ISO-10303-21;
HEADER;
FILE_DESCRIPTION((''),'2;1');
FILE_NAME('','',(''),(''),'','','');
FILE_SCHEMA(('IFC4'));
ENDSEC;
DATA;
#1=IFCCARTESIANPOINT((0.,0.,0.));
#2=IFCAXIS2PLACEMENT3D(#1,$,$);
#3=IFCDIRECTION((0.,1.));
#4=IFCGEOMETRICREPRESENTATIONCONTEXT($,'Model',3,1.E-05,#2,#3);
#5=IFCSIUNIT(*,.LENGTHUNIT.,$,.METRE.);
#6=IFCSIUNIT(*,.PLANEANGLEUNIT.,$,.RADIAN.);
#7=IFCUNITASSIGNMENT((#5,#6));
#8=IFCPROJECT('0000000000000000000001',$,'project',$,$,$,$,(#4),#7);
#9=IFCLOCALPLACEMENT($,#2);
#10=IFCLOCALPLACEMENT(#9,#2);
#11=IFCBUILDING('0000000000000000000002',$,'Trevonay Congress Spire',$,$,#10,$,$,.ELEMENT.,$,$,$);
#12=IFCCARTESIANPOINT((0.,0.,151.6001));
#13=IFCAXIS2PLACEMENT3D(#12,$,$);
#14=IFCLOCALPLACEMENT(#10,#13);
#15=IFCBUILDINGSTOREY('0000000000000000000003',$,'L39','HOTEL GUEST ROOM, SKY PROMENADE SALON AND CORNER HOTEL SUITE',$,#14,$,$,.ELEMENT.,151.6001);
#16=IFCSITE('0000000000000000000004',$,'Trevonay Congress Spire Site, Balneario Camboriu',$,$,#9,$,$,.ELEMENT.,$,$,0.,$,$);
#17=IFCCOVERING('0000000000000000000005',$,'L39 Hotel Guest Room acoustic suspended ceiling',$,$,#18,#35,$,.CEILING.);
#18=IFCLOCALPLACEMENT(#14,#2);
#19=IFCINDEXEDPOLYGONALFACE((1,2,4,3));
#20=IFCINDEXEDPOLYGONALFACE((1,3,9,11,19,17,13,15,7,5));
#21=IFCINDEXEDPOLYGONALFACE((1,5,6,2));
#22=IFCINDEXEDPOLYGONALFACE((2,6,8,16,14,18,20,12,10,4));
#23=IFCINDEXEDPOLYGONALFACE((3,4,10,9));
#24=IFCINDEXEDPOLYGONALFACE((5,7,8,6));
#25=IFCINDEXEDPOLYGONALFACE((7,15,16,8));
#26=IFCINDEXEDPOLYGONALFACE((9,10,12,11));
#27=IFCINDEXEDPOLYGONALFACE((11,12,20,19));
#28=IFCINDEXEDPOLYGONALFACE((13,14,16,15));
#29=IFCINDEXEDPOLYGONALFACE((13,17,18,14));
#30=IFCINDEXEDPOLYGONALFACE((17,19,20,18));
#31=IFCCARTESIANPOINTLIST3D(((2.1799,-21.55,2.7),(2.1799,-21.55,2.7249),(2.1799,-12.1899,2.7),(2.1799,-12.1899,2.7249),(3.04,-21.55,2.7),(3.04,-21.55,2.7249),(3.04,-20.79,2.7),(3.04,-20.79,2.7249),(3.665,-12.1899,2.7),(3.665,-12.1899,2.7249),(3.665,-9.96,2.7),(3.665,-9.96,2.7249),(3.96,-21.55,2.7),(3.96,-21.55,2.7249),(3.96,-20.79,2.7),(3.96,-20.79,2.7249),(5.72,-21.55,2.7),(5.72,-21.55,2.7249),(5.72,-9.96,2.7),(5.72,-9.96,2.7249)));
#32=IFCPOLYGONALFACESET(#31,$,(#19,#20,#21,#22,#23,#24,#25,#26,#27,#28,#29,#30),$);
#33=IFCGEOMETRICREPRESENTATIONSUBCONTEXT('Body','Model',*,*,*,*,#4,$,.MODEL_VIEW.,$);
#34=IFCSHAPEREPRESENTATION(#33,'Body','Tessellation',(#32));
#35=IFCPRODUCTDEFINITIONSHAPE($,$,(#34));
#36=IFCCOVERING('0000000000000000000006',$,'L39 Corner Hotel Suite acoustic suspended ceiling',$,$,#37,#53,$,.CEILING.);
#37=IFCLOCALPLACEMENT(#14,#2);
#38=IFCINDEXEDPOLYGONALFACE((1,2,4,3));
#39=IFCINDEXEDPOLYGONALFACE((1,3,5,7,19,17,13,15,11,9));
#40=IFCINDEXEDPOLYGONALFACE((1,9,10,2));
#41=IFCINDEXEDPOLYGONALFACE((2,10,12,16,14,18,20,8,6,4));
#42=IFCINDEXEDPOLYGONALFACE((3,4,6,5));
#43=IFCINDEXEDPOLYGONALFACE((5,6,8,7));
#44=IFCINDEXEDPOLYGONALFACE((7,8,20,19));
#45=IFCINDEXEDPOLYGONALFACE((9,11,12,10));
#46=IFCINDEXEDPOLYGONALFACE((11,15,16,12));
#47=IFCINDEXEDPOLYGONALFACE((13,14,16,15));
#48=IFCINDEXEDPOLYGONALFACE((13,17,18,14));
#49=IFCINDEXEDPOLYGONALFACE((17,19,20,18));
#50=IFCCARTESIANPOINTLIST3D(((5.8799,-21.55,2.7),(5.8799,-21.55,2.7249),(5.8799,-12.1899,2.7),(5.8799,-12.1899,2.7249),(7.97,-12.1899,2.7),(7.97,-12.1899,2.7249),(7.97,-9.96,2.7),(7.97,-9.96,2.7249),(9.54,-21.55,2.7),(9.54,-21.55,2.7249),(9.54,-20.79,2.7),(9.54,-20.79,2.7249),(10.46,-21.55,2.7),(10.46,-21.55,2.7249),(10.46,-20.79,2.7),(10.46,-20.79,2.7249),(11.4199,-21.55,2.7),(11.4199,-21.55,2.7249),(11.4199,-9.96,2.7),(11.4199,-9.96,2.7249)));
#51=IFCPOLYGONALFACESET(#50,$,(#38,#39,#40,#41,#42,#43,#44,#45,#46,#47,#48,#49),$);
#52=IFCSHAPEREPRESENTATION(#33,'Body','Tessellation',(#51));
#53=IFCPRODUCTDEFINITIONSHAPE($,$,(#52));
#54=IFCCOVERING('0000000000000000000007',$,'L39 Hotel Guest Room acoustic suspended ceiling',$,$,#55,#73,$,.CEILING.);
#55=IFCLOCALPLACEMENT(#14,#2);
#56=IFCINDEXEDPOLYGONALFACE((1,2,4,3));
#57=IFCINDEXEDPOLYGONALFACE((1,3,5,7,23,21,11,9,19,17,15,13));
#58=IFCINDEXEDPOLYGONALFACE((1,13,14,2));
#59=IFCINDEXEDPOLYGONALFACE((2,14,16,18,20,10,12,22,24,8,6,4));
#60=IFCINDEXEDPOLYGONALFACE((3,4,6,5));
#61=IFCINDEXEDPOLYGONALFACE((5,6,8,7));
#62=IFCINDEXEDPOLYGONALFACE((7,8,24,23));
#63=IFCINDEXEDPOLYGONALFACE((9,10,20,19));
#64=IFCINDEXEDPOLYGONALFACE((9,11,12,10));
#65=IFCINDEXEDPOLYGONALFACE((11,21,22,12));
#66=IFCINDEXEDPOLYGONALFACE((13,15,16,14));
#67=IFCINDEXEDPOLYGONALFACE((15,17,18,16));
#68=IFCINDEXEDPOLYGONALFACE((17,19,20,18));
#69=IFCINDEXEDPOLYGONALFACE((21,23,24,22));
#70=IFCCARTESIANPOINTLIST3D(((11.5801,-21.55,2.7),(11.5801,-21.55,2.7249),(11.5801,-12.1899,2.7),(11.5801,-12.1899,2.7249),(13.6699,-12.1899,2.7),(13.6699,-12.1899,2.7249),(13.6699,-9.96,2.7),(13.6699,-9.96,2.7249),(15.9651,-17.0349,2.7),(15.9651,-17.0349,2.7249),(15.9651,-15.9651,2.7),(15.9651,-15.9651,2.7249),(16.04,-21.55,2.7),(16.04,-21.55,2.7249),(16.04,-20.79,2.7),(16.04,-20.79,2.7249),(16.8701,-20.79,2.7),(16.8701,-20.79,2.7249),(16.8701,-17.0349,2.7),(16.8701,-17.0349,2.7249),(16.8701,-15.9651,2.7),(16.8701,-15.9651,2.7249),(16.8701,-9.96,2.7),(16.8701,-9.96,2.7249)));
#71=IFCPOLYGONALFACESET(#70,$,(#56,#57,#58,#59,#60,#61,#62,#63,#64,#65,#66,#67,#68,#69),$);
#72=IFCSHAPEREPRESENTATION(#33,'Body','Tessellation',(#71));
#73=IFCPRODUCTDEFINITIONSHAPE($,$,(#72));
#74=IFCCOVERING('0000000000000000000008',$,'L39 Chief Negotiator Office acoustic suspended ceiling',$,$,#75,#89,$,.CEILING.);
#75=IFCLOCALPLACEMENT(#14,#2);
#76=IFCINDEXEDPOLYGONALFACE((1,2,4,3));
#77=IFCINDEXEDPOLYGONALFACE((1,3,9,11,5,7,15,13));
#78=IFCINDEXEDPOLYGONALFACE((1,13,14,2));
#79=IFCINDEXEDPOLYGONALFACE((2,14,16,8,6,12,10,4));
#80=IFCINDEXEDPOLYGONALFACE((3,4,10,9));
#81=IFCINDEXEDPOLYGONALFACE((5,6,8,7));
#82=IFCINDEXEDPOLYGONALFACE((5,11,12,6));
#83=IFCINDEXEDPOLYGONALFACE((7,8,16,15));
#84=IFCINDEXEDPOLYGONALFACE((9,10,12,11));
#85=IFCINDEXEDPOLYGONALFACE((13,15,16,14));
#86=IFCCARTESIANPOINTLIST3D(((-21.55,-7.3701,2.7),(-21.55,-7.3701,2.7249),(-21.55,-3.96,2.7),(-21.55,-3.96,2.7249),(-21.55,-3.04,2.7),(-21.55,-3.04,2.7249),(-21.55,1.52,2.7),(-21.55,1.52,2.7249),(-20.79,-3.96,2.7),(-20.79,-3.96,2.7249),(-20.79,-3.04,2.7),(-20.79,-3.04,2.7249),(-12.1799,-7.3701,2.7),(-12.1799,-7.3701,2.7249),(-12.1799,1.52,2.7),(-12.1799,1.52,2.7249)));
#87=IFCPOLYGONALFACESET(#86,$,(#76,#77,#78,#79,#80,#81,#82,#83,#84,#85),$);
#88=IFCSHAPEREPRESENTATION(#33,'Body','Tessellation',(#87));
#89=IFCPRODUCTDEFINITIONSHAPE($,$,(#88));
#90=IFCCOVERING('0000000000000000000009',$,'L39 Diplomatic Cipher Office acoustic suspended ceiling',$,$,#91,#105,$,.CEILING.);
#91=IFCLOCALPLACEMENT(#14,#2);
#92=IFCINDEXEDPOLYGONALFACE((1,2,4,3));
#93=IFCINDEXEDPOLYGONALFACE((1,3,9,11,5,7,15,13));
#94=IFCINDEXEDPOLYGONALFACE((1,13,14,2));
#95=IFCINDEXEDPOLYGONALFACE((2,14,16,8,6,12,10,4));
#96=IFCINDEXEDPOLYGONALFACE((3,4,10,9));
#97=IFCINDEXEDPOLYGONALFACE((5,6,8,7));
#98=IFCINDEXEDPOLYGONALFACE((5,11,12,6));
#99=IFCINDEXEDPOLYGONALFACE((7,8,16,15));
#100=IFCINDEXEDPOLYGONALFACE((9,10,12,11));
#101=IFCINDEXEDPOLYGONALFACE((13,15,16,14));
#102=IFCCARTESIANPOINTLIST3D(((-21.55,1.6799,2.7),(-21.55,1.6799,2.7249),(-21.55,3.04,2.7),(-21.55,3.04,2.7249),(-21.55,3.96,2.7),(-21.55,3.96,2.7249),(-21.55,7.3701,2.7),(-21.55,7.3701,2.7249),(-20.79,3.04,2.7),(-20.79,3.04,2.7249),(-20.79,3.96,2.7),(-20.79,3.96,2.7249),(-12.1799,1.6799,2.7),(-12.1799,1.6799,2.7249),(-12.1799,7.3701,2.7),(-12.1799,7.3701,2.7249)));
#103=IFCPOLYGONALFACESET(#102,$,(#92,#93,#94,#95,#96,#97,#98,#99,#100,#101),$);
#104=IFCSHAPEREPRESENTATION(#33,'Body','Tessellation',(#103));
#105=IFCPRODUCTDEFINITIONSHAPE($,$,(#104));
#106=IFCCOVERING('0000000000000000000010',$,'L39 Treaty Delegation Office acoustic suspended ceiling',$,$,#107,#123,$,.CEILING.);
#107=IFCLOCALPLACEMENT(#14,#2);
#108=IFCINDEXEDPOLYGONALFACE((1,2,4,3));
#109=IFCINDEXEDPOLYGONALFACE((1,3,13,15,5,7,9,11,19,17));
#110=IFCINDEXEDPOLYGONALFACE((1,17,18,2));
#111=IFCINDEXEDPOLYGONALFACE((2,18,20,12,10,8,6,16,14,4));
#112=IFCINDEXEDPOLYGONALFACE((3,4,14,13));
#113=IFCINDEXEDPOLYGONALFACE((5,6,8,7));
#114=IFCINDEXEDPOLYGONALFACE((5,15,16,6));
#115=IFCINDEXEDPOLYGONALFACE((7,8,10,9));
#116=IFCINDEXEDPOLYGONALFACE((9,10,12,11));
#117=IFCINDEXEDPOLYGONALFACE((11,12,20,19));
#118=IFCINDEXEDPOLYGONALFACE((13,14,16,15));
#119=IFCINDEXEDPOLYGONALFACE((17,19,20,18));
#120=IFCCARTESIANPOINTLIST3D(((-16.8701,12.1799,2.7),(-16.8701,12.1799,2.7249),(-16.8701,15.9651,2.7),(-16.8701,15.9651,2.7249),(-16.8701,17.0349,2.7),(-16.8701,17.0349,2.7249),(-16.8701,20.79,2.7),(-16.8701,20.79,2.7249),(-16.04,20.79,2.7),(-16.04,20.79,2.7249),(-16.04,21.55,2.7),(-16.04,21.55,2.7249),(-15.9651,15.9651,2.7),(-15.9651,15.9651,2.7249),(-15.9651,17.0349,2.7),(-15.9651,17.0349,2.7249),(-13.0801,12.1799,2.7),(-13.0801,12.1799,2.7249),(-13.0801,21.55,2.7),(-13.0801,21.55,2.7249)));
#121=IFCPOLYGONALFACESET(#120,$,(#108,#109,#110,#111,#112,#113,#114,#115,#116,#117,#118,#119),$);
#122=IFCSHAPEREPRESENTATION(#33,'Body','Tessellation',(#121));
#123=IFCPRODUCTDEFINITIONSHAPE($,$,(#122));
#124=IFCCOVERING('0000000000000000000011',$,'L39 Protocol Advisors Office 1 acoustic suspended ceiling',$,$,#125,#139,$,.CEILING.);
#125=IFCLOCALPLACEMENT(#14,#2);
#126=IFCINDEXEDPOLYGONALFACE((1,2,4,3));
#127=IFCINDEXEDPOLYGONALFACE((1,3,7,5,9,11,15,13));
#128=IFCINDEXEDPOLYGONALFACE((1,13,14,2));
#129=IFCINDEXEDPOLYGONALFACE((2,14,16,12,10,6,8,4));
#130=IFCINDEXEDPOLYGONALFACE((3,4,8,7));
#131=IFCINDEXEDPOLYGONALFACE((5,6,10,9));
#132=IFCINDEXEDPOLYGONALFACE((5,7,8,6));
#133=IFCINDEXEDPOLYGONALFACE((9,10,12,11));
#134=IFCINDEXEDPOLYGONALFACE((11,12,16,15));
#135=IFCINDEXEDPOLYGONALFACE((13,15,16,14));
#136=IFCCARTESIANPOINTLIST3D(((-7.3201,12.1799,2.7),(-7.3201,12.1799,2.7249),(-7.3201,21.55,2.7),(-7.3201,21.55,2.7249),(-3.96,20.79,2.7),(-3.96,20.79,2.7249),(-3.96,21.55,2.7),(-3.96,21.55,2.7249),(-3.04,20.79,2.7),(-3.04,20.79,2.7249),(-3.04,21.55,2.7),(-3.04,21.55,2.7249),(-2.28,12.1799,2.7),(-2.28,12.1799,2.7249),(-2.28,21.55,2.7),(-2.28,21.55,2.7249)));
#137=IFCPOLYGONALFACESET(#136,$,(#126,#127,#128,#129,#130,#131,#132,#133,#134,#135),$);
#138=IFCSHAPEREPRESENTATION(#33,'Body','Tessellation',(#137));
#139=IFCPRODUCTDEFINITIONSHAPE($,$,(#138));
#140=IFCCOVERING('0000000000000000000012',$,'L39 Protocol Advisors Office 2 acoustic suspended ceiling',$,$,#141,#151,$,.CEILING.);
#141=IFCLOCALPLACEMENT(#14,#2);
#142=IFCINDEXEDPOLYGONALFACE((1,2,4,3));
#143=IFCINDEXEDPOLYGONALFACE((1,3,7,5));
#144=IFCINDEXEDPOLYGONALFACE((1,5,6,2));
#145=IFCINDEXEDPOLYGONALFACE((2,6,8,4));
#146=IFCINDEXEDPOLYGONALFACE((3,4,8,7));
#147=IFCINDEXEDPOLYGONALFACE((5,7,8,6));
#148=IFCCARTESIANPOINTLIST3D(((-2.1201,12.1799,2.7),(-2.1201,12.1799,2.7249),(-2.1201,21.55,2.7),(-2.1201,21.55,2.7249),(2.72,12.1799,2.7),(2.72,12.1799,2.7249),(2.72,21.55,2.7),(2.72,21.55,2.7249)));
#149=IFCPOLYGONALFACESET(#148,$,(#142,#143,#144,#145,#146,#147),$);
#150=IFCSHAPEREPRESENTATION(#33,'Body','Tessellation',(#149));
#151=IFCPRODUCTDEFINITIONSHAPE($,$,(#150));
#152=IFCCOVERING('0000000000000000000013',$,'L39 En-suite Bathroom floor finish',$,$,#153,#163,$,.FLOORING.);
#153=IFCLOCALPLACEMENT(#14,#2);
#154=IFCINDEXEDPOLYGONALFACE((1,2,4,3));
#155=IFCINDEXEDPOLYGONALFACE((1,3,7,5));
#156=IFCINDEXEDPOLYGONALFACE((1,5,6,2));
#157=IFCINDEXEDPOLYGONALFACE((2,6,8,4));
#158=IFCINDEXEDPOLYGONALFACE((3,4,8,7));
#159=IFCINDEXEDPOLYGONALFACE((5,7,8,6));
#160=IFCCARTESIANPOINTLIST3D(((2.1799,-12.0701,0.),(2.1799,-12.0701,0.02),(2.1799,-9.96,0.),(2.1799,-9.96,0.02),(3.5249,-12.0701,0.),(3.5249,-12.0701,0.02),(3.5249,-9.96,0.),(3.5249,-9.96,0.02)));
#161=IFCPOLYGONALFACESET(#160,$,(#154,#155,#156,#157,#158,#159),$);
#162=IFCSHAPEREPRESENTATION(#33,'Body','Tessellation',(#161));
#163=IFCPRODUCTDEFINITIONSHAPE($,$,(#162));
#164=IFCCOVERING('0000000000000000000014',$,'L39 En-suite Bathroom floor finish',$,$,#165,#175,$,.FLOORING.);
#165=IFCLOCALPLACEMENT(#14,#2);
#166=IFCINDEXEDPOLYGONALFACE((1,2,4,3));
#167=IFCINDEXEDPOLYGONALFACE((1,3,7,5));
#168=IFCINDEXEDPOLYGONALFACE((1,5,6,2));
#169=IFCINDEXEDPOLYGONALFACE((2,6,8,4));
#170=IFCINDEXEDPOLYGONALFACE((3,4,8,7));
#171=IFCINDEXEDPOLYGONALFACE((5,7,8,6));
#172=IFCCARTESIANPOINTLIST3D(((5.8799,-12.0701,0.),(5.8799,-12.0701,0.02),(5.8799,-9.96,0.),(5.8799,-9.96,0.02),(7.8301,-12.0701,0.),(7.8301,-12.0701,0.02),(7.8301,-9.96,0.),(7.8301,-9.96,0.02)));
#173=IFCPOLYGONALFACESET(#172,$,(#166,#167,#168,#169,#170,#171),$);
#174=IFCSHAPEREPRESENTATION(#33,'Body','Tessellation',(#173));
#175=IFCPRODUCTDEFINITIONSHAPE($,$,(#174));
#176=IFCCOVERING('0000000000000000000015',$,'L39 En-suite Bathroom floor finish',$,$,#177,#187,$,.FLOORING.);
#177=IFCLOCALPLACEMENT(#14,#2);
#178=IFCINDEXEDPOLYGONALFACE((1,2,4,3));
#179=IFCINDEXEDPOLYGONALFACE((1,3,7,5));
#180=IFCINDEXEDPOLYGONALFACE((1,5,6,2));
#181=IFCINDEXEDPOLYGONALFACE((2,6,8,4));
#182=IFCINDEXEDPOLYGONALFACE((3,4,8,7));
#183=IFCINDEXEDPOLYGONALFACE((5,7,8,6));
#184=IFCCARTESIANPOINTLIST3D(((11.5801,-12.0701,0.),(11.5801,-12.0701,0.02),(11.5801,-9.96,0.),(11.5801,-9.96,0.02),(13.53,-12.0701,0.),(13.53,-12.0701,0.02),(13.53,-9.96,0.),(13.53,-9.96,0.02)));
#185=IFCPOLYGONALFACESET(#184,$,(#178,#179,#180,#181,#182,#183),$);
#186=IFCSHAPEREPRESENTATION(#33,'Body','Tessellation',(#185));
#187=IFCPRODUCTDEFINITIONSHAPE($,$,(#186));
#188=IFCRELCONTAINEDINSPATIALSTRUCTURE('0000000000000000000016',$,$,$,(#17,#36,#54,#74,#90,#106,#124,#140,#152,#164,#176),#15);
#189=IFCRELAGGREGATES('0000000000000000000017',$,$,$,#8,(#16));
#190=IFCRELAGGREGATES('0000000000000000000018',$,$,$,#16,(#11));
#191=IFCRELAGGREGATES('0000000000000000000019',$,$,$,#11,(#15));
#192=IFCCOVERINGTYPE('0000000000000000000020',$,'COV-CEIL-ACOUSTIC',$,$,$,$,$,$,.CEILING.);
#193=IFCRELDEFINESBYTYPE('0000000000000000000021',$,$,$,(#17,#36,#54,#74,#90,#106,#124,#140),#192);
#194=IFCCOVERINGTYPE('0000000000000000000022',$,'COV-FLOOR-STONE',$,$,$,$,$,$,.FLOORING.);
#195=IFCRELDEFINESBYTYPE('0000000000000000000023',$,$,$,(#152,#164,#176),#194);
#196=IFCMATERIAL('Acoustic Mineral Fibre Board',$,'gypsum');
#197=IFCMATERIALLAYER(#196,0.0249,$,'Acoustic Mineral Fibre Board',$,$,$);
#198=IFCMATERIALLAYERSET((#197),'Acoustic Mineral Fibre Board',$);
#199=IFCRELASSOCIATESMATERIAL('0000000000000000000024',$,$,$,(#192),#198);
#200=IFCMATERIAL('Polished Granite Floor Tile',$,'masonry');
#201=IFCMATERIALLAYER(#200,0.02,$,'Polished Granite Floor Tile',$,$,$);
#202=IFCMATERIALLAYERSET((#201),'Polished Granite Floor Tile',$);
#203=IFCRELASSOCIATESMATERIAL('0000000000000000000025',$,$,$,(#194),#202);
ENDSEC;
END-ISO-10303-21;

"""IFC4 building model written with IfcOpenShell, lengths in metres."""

from ifc_helpers import new_model, si_unit, direction, frame, origin, place, context, subcontext, project, spatial, polyline, outline, extrude, material, layer, layer_set, type_object, element, save


model = new_model("IFC4")

# Units and contexts
model_context = context("Model", 3, precision=1e-05, world=origin(), true_north=direction((0.0, 1.0)))
body_context = subcontext(model_context, "Body", "Model", "MODEL_VIEW")
ifc_project = project(units=[si_unit("LENGTHUNIT", "METRE"), si_unit("PLANEANGLEUNIT", "RADIAN")], contexts=[model_context])

# Site, building, storey
site_placement = place(None, origin())
site = spatial("IfcSite", under=ifc_project, at=site_placement, Name="Trevonay Congress Spire Site, Balneario Camboriu", CompositionType="ELEMENT", RefElevation=0.0)
building_placement = place(site_placement, origin())
building = spatial("IfcBuilding", under=site, at=building_placement, Name="Trevonay Congress Spire", CompositionType="ELEMENT")
storey_placement = place(building_placement, frame((0.0, 0.0, 151.6001)))
storey = spatial("IfcBuildingStorey", under=building, at=storey_placement, Name="L39", Description="HOTEL GUEST ROOM, SKY PROMENADE SALON AND CORNER HOTEL SUITE", CompositionType="ELEMENT", Elevation=151.6001)

# Coverings
ifc_material_1 = material(Name="Acoustic Mineral Fibre Board", Category="gypsum")
ifc_layer_1 = layer(ifc_material_1, 0.0249, Name="Acoustic Mineral Fibre Board")
ifc_layer_set_1 = layer_set([ifc_layer_1], Name="Acoustic Mineral Fibre Board")
covering_type_1 = type_object("IfcCoveringType", Name="COV-CEIL-ACOUSTIC", PredefinedType="CEILING", material=ifc_layer_set_1)
covering_1_placement = place(storey_placement, frame((0.0, 0.0, 2.7)))
element("IfcCovering", 1, at=covering_1_placement, inside=storey, type_object=covering_type_1, Name="L39 Hotel Guest Room acoustic suspended ceiling", PredefinedType="CEILING", context=body_context, shape_type="SweptSolid", body=[
    extrude(outline(polyline([(2.1799, -21.55), (2.1799, -12.1899), (3.665, -12.1899), (3.665, -9.96), (5.72, -9.96), (5.72, -21.55), (3.96, -21.55), (3.96, -20.79), (3.04, -20.79), (3.04, -21.55), (2.1799, -21.55)])), origin(), (0.0, 0.0, 1.0), 0.0249),
])
covering_2_placement = place(storey_placement, frame((0.0, 0.0, 2.7)))
element("IfcCovering", 2, at=covering_2_placement, inside=storey, type_object=covering_type_1, Name="L39 Corner Hotel Suite acoustic suspended ceiling", PredefinedType="CEILING", context=body_context, shape_type="SweptSolid", body=[
    extrude(outline(polyline([(5.8799, -21.55), (5.8799, -12.1899), (7.97, -12.1899), (7.97, -9.96), (11.4199, -9.96), (11.4199, -21.55), (10.46, -21.55), (10.46, -20.79), (9.54, -20.79), (9.54, -21.55), (5.8799, -21.55)])), origin(), (0.0, 0.0, 1.0), 0.0249),
])
covering_3_placement = place(storey_placement, frame((0.0, 0.0, 2.7)))
element("IfcCovering", 3, at=covering_3_placement, inside=storey, type_object=covering_type_1, Name="L39 Hotel Guest Room acoustic suspended ceiling", PredefinedType="CEILING", context=body_context, shape_type="SweptSolid", body=[
    extrude(outline(polyline([(11.5801, -21.55), (11.5801, -12.1899), (13.6699, -12.1899), (13.6699, -9.96), (16.8701, -9.96), (16.8701, -15.9651), (15.9651, -15.9651), (15.9651, -17.0349), (16.8701, -17.0349), (16.8701, -20.79), (16.04, -20.79), (16.04, -21.55), (11.5801, -21.55)])), origin(), (0.0, 0.0, 1.0), 0.0249),
])
covering_4_placement = place(storey_placement, frame((0.0, 0.0, 2.7)))
element("IfcCovering", 4, at=covering_4_placement, inside=storey, type_object=covering_type_1, Name="L39 Chief Negotiator Office acoustic suspended ceiling", PredefinedType="CEILING", context=body_context, shape_type="SweptSolid", body=[
    extrude(outline(polyline([(-21.55, 1.52), (-12.1799, 1.52), (-12.1799, -7.3701), (-21.55, -7.3701), (-21.55, -3.96), (-20.79, -3.96), (-20.79, -3.04), (-21.55, -3.04), (-21.55, 1.52)])), origin(), (0.0, 0.0, 1.0), 0.0249),
])
covering_5_placement = place(storey_placement, frame((0.0, 0.0, 2.7)))
element("IfcCovering", 5, at=covering_5_placement, inside=storey, type_object=covering_type_1, Name="L39 Diplomatic Cipher Office acoustic suspended ceiling", PredefinedType="CEILING", context=body_context, shape_type="SweptSolid", body=[
    extrude(outline(polyline([(-21.55, 7.3701), (-12.1799, 7.3701), (-12.1799, 1.6799), (-21.55, 1.6799), (-21.55, 3.04), (-20.79, 3.04), (-20.79, 3.96), (-21.55, 3.96), (-21.55, 7.3701)])), origin(), (0.0, 0.0, 1.0), 0.0249),
])
covering_6_placement = place(storey_placement, frame((0.0, 0.0, 2.7)))
element("IfcCovering", 6, at=covering_6_placement, inside=storey, type_object=covering_type_1, Name="L39 Treaty Delegation Office acoustic suspended ceiling", PredefinedType="CEILING", context=body_context, shape_type="SweptSolid", body=[
    extrude(outline(polyline([(-13.0801, 21.55), (-13.0801, 12.1799), (-16.8701, 12.1799), (-16.8701, 15.9651), (-15.9651, 15.9651), (-15.9651, 17.0349), (-16.8701, 17.0349), (-16.8701, 20.79), (-16.04, 20.79), (-16.04, 21.55), (-13.0801, 21.55)])), origin(), (0.0, 0.0, 1.0), 0.0249),
])
covering_7_placement = place(storey_placement, frame((0.0, 0.0, 2.7)))
element("IfcCovering", 7, at=covering_7_placement, inside=storey, type_object=covering_type_1, Name="L39 Protocol Advisors Office 1 acoustic suspended ceiling", PredefinedType="CEILING", context=body_context, shape_type="SweptSolid", body=[
    extrude(outline(polyline([(-2.28, 21.55), (-2.28, 12.1799), (-7.3201, 12.1799), (-7.3201, 21.55), (-3.96, 21.55), (-3.96, 20.79), (-3.04, 20.79), (-3.04, 21.55), (-2.28, 21.55)])), origin(), (0.0, 0.0, 1.0), 0.0249),
])
covering_8_placement = place(storey_placement, frame((0.0, 0.0, 2.7)))
element("IfcCovering", 8, at=covering_8_placement, inside=storey, type_object=covering_type_1, Name="L39 Protocol Advisors Office 2 acoustic suspended ceiling", PredefinedType="CEILING", context=body_context, shape_type="SweptSolid", body=[
    extrude(outline(polyline([(-2.1201, 12.1799), (2.72, 12.1799), (2.72, 21.55), (-2.1201, 21.55), (-2.1201, 12.1799)])), origin(), (0.0, 0.0, 1.0), 0.0249),
])
ifc_material_2 = material(Name="Polished Granite Floor Tile", Category="masonry")
ifc_layer_2 = layer(ifc_material_2, 0.02, Name="Polished Granite Floor Tile")
ifc_layer_set_2 = layer_set([ifc_layer_2], Name="Polished Granite Floor Tile")
covering_type_2 = type_object("IfcCoveringType", Name="COV-FLOOR-STONE", PredefinedType="FLOORING", material=ifc_layer_set_2)
covering_9_placement = place(storey_placement, origin())
element("IfcCovering", 9, at=covering_9_placement, inside=storey, type_object=covering_type_2, Name="L39 En-suite Bathroom floor finish", PredefinedType="FLOORING", context=body_context, shape_type="SweptSolid", body=[
    extrude(outline(polyline([(2.1799, -12.0701), (3.5249, -12.0701), (3.5249, -9.96), (2.1799, -9.96), (2.1799, -12.0701)])), origin(), (0.0, 0.0, 1.0), 0.02),
])
covering_10_placement = place(storey_placement, origin())
element("IfcCovering", 10, at=covering_10_placement, inside=storey, type_object=covering_type_2, Name="L39 En-suite Bathroom floor finish", PredefinedType="FLOORING", context=body_context, shape_type="SweptSolid", body=[
    extrude(outline(polyline([(5.8799, -12.0701), (7.8301, -12.0701), (7.8301, -9.96), (5.8799, -9.96), (5.8799, -12.0701)])), origin(), (0.0, 0.0, 1.0), 0.02),
])
covering_11_placement = place(storey_placement, origin())
element("IfcCovering", 11, at=covering_11_placement, inside=storey, type_object=covering_type_2, Name="L39 En-suite Bathroom floor finish", PredefinedType="FLOORING", context=body_context, shape_type="SweptSolid", body=[
    extrude(outline(polyline([(11.5801, -12.0701), (13.53, -12.0701), (13.53, -9.96), (11.5801, -9.96), (11.5801, -12.0701)])), origin(), (0.0, 0.0, 1.0), 0.02),
])

save(model, "model.ifc")
